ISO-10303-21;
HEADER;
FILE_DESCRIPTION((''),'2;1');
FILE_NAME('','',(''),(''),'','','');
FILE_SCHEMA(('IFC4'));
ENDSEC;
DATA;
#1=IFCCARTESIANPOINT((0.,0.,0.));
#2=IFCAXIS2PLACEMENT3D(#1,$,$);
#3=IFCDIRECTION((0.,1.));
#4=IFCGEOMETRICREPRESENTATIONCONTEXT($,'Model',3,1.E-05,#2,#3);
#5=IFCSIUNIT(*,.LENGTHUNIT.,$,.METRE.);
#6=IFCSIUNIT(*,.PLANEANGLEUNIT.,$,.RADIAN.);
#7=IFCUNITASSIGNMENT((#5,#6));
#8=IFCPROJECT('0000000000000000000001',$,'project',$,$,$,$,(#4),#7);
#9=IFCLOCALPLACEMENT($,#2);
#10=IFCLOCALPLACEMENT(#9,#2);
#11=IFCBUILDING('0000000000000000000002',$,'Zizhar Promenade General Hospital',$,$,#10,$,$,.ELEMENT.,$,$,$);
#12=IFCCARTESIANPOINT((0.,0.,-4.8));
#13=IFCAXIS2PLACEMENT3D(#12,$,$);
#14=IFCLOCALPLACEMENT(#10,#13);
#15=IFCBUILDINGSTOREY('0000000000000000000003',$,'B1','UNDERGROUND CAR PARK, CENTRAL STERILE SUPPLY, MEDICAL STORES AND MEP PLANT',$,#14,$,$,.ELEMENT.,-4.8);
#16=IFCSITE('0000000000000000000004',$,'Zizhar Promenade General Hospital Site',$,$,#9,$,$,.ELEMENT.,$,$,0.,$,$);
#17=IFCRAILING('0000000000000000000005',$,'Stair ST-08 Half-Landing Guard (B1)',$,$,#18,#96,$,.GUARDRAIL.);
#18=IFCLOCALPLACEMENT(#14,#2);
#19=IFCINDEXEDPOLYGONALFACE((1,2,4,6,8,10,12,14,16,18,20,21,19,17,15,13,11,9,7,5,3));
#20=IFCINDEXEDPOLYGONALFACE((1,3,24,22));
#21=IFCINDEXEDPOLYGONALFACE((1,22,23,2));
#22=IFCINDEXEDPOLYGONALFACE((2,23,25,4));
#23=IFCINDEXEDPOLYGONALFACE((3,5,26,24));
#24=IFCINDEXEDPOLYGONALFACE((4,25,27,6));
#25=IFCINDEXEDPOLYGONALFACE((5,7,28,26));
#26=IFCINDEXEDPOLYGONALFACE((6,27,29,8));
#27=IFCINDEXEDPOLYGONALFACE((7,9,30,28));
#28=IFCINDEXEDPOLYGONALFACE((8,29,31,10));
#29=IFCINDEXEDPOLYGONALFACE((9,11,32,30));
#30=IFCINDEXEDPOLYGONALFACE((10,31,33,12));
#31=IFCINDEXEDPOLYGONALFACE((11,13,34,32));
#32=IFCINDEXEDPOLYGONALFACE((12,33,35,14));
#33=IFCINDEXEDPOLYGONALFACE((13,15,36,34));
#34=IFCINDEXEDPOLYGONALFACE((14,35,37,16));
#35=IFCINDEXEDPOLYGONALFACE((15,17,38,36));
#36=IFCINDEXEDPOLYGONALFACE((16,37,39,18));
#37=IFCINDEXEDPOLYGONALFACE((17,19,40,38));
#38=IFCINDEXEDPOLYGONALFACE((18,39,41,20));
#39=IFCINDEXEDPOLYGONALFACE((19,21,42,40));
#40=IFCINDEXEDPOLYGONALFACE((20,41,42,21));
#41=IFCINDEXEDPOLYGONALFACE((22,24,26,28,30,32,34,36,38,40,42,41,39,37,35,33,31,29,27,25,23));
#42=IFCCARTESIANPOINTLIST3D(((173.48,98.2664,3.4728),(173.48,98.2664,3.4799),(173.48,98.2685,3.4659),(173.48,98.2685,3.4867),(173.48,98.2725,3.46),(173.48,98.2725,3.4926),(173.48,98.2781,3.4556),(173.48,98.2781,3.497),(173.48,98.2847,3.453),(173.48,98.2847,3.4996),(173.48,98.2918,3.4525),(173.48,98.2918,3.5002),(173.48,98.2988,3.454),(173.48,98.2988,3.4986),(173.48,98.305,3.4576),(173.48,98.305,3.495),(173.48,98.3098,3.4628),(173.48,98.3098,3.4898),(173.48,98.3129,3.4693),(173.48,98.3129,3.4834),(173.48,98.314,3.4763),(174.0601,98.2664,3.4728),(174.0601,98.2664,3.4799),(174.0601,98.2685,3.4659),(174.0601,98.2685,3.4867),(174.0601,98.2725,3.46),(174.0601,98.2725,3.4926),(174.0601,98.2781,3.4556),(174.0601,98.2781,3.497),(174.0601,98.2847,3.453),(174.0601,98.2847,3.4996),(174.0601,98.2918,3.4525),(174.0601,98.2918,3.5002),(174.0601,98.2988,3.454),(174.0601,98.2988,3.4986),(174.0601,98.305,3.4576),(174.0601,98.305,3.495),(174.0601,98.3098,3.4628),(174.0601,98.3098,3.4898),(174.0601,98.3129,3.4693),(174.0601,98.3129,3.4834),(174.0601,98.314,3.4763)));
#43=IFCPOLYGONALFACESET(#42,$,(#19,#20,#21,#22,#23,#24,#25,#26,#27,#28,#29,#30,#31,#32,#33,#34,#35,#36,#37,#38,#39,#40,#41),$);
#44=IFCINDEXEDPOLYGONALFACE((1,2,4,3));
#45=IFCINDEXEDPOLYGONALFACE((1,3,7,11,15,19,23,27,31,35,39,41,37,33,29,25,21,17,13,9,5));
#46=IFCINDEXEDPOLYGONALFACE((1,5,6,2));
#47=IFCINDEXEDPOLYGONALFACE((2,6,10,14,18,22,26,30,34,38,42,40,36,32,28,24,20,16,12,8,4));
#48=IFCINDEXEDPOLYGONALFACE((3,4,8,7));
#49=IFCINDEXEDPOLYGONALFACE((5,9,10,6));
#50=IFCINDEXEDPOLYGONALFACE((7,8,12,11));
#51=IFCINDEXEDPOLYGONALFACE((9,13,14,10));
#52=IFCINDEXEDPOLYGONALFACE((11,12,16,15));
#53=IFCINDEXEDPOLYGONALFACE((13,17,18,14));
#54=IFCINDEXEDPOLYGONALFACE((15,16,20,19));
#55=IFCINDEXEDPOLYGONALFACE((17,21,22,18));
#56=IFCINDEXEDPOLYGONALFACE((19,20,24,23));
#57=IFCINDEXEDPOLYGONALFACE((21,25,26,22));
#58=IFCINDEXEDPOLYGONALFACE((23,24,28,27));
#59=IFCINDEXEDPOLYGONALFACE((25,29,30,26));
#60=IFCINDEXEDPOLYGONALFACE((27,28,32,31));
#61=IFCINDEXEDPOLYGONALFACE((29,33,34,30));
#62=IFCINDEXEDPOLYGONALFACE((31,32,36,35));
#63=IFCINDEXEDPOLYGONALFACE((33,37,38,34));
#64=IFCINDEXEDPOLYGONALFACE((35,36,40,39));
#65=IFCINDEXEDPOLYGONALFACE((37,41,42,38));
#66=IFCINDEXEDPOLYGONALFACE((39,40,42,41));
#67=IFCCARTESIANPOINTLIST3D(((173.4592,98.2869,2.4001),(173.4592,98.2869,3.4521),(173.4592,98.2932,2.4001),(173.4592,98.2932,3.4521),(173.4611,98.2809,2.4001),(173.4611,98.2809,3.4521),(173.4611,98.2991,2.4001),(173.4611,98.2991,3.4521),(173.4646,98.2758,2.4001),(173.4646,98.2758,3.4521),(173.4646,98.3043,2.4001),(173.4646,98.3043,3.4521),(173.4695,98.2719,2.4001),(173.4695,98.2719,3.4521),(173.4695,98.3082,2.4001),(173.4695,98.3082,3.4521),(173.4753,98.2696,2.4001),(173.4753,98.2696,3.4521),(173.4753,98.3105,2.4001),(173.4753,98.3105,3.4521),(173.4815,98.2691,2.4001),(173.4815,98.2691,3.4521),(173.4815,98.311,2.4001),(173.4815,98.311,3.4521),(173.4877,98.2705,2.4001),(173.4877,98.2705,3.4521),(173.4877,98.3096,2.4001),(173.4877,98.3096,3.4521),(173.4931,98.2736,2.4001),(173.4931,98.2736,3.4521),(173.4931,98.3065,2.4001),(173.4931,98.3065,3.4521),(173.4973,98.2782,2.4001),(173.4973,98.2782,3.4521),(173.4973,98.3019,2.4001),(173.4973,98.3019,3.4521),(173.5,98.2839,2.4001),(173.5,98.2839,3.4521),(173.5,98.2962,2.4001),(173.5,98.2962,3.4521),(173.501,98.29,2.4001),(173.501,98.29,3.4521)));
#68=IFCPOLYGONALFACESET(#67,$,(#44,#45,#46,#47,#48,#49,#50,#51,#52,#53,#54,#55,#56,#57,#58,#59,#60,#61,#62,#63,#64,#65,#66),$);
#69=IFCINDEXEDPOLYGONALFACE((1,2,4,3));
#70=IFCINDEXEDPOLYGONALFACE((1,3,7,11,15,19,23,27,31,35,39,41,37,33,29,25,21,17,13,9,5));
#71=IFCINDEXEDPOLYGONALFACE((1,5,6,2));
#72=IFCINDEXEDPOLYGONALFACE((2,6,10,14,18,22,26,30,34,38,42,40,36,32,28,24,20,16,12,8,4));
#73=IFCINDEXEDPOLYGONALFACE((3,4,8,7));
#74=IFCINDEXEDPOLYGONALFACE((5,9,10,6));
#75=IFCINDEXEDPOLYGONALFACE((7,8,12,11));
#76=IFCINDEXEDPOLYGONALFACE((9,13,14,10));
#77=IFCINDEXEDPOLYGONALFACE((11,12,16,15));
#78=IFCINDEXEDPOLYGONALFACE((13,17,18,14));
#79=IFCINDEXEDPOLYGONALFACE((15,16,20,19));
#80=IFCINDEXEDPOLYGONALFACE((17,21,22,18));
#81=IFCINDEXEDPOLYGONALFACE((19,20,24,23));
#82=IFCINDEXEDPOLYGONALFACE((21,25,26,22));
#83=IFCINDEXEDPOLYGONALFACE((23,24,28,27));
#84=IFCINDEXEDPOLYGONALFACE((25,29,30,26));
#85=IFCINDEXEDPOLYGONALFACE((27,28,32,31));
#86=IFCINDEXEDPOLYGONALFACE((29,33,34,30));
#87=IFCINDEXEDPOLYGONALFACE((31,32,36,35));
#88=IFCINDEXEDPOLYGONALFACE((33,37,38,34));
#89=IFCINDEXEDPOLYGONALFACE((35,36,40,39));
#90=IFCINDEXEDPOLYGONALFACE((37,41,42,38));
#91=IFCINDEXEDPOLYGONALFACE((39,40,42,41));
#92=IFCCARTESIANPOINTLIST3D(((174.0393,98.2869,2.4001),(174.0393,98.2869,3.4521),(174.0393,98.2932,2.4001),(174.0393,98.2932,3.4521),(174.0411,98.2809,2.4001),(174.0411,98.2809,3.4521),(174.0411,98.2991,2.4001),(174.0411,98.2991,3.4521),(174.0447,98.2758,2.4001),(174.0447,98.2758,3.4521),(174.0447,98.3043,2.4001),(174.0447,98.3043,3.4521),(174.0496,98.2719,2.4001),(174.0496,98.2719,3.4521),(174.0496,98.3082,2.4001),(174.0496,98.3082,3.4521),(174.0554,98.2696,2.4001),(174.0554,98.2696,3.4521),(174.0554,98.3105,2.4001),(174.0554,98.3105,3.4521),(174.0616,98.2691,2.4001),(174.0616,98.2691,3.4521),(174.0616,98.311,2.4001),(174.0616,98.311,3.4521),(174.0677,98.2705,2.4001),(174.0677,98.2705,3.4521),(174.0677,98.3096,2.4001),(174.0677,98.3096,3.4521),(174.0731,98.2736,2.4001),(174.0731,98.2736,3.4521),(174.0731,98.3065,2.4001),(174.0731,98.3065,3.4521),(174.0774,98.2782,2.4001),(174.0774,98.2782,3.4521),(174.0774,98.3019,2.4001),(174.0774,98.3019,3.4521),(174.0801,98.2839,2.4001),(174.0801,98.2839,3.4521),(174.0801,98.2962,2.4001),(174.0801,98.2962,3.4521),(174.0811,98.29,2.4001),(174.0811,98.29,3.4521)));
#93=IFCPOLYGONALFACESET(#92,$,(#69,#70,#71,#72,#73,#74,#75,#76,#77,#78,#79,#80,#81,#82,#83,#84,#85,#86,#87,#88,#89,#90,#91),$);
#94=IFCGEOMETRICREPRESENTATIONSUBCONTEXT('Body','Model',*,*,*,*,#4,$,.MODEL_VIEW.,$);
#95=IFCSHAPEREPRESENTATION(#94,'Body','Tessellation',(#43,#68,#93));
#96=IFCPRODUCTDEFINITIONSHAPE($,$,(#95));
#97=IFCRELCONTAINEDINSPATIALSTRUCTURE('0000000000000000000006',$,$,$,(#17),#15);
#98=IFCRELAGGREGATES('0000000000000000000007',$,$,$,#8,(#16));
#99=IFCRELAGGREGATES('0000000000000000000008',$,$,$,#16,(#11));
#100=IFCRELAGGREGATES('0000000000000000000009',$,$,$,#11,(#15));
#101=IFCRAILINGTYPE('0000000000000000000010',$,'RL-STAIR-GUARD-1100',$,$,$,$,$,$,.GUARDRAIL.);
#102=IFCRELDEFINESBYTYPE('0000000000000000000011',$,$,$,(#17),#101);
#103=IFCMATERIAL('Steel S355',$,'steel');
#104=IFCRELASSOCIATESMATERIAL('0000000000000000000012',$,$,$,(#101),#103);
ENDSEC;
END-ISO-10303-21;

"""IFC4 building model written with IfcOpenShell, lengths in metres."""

from ifc_helpers import new_model, si_unit, direction, frame, origin, origin_2d, place, context, subcontext, project, spatial, circle, hollow_circle, extrude, material, material_profile, profile_set, type_object, element, save


model = new_model("IFC4")

# Units and contexts
model_context = context("Model", 3, precision=1e-05, world=origin(), true_north=direction((0.0, 1.0)))
body_context = subcontext(model_context, "Body", "Model", "MODEL_VIEW")
ifc_project = project(units=[si_unit("LENGTHUNIT", "METRE"), si_unit("PLANEANGLEUNIT", "RADIAN")], contexts=[model_context])

# Site, building, storey
site_placement = place(None, origin())
site = spatial("IfcSite", under=ifc_project, at=site_placement, Name="Zizhar Promenade General Hospital Site", CompositionType="ELEMENT", RefElevation=0.0)
building_placement = place(site_placement, origin())
building = spatial("IfcBuilding", under=site, at=building_placement, Name="Zizhar Promenade General Hospital", CompositionType="ELEMENT")
storey_placement = place(building_placement, frame((0.0, 0.0, -4.8)))
storey = spatial("IfcBuildingStorey", under=building, at=storey_placement, Name="B1", Description="UNDERGROUND CAR PARK, CENTRAL STERILE SUPPLY, MEDICAL STORES AND MEP PLANT", CompositionType="ELEMENT", Elevation=-4.8)

# Railing
ifc_material_1 = material(Name="Steel S355", Category="steel")
ifc_material_profile_1 = material_profile(ifc_material_1, hollow_circle(Radius=0.0698, WallThickness=0.0063, at=origin_2d()))
ifc_profile_set_1 = profile_set([ifc_material_profile_1], Name="Steel S355")
railing_type_1 = type_object("IfcRailingType", Name="RL-STAIR-GUARD-1100", PredefinedType="GUARDRAIL", material=ifc_profile_set_1)
railing_1_placement = place(storey_placement, frame((173.48, 98.29, 2.4001)))
element("IfcRailing", 1, at=railing_1_placement, inside=storey, type_object=railing_type_1, Name="Stair ST-08 Half-Landing Guard (B1)", PredefinedType="GUARDRAIL", context=body_context, shape_type="SweptSolid", body=[
    extrude(circle(Radius=0.0239, at=origin_2d()), frame((0.0, 0.0, 1.0762), z_axis=(1.0, 0.0, 0.0), x_axis=(0.0, 1.0, 0.0)), (0.0, 0.0, 1.0), 0.5801),
    extrude(circle(Radius=0.021, at=origin_2d()), origin(), (0.0, 0.0, 1.0), 1.052),
    extrude(circle(Radius=0.021, at=origin_2d()), frame((0.5801, 0.0, 0.0)), (0.0, 0.0, 1.0), 1.052),
])

save(model, "model.ifc")
